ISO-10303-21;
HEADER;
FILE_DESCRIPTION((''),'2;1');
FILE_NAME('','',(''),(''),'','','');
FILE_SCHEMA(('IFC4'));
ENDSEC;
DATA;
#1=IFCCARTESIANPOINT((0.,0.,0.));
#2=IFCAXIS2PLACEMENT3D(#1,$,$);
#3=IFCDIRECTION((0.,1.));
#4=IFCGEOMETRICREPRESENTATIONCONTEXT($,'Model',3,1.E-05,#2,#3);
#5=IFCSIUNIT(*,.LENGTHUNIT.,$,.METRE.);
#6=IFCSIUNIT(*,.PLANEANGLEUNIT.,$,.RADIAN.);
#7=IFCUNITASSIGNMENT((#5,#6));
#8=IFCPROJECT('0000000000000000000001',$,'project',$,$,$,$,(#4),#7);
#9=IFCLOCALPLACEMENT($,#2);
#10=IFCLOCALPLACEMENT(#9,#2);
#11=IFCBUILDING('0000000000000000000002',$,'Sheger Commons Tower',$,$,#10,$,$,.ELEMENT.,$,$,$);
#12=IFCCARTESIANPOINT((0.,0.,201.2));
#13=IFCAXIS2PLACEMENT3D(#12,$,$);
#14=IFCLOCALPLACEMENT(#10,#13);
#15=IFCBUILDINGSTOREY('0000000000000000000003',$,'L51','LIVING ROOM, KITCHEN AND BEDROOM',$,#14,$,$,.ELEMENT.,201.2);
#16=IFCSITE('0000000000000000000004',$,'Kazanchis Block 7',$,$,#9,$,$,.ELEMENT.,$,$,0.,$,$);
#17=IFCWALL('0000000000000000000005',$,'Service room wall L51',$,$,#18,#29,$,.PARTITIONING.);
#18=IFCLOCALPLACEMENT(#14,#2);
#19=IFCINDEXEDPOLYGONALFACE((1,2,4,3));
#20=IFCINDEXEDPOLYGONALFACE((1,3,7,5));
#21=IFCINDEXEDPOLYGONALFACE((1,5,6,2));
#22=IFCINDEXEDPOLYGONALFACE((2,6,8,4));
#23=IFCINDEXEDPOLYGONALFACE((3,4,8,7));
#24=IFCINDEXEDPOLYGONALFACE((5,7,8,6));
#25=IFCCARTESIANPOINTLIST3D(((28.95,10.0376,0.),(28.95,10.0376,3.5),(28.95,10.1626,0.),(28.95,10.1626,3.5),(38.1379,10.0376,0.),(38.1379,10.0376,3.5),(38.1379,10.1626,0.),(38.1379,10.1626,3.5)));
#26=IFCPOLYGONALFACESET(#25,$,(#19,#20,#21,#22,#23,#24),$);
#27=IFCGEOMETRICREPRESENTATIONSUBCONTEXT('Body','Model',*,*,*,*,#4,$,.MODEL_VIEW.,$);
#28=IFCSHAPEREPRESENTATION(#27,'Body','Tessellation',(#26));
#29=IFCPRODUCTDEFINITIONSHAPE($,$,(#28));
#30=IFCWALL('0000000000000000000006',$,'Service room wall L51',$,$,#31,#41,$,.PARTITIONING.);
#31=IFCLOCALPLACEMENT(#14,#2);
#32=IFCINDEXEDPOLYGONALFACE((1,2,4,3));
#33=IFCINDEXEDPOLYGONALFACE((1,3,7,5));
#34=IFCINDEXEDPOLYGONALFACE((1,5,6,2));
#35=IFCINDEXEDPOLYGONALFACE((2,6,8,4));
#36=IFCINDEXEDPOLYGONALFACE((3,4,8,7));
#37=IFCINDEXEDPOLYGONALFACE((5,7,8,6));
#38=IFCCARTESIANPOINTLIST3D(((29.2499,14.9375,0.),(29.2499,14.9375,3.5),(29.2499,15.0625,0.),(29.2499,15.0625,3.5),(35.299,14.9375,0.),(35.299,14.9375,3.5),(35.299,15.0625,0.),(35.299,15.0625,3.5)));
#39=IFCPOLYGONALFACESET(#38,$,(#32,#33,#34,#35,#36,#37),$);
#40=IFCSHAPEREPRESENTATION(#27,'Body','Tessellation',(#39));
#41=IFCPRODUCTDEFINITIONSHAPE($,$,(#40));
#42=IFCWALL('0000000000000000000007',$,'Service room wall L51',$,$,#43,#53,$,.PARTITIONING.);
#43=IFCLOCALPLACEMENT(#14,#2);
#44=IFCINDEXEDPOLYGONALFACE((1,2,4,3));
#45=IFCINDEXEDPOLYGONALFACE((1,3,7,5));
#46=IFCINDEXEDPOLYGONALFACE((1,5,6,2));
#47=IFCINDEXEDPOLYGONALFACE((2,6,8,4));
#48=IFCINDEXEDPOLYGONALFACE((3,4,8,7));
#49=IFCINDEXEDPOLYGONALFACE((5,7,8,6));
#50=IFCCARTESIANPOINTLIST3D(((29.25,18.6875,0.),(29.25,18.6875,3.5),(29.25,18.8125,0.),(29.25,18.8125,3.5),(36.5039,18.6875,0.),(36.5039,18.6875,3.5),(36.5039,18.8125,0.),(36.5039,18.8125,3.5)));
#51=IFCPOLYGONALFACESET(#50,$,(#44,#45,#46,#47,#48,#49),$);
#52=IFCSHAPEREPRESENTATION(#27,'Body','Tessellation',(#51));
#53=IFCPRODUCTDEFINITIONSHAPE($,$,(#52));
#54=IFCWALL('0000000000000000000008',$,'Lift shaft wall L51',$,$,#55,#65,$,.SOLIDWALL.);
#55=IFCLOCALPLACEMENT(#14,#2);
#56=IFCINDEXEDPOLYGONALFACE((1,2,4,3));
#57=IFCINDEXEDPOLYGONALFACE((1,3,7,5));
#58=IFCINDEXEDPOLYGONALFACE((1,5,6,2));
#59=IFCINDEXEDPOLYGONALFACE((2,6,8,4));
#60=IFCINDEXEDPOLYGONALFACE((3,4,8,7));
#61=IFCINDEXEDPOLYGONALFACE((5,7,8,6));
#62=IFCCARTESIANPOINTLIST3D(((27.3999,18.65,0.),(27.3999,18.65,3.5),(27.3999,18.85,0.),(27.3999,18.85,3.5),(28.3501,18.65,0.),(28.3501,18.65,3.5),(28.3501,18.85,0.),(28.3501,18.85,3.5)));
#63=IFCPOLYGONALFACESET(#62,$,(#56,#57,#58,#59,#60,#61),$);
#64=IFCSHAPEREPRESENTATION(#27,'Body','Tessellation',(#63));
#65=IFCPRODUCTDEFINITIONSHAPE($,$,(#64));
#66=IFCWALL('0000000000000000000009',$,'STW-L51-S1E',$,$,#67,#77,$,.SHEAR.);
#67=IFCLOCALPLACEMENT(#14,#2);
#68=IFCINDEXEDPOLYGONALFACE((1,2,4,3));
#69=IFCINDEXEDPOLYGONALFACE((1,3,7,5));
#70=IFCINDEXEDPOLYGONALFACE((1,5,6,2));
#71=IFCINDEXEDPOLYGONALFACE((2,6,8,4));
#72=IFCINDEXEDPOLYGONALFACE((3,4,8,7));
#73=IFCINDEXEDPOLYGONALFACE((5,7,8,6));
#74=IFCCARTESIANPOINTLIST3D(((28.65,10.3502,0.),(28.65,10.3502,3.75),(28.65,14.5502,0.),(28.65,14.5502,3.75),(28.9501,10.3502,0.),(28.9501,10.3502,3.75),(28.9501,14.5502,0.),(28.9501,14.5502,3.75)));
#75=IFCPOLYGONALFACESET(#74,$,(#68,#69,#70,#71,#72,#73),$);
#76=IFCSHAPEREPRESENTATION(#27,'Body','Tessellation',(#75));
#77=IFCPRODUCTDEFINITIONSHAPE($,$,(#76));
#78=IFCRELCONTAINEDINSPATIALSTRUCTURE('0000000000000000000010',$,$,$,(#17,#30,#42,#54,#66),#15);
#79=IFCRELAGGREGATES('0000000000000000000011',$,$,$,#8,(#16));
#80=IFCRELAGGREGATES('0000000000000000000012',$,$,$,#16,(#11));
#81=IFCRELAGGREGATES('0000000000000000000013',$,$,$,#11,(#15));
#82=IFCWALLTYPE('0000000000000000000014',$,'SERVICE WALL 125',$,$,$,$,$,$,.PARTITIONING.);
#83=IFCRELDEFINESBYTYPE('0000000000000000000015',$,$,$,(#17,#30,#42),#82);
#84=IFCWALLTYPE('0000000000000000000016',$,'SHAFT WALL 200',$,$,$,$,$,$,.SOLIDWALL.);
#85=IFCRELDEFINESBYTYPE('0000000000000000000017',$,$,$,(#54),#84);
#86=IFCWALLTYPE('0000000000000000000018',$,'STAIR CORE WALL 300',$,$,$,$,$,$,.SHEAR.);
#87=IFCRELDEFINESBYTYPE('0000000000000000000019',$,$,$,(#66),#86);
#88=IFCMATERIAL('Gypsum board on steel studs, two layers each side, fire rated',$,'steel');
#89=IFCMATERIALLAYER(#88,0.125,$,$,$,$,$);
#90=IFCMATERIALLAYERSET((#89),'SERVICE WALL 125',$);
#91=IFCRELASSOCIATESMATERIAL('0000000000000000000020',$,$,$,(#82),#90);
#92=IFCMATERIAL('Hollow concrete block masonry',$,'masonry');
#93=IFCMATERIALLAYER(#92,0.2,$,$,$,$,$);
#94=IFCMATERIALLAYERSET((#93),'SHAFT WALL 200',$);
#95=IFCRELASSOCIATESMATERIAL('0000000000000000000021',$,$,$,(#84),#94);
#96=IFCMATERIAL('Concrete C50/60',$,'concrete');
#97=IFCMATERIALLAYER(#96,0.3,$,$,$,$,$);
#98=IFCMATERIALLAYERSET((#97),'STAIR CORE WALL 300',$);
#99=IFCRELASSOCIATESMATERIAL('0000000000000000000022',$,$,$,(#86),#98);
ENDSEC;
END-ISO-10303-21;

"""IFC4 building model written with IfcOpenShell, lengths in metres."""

from ifc_helpers import new_model, si_unit, direction, frame, frame_2d, origin, place, context, subcontext, project, spatial, rectangle, extrude, material, layer, layer_set, type_object, element, save


model = new_model("IFC4")

# Units and contexts
model_context = context("Model", 3, precision=1e-05, world=origin(), true_north=direction((0.0, 1.0)))
body_context = subcontext(model_context, "Body", "Model", "MODEL_VIEW")
ifc_project = project(units=[si_unit("LENGTHUNIT", "METRE"), si_unit("PLANEANGLEUNIT", "RADIAN")], contexts=[model_context])

# Site, building, storey
site_placement = place(None, origin())
site = spatial("IfcSite", under=ifc_project, at=site_placement, Name="Kazanchis Block 7", CompositionType="ELEMENT", RefElevation=0.0)
building_placement = place(site_placement, origin())
building = spatial("IfcBuilding", under=site, at=building_placement, Name="Sheger Commons Tower", CompositionType="ELEMENT")
storey_placement = place(building_placement, frame((0.0, 0.0, 201.2)))
storey = spatial("IfcBuildingStorey", under=building, at=storey_placement, Name="L51", Description="LIVING ROOM, KITCHEN AND BEDROOM", CompositionType="ELEMENT", Elevation=201.2)

# Walls
ifc_material_1 = material(Name="Gypsum board on steel studs, two layers each side, fire rated", Category="steel")
ifc_layer_1 = layer(ifc_material_1, 0.125)
ifc_layer_set_1 = layer_set([ifc_layer_1], Name="SERVICE WALL 125")
wall_type_1 = type_object("IfcWallType", Name="SERVICE WALL 125", PredefinedType="PARTITIONING", material=ifc_layer_set_1)
wall_1_placement = place(storey_placement, frame((28.95, 10.1001, 0.0), z_axis=(0.0, 0.0, 1.0), x_axis=(1.0, 0.0, 0.0)))
element("IfcWall", 1, at=wall_1_placement, inside=storey, type_object=wall_type_1, Name="Service room wall L51", PredefinedType="PARTITIONING", context=body_context, shape_type="SweptSolid", body=[
    extrude(rectangle(XDim=9.188, YDim=0.125, at=frame_2d((4.594, 0.0))), origin(), (0.0, 0.0, 1.0), 3.5),
])
wall_2_placement = place(storey_placement, frame((29.25, 15.0, 0.0), z_axis=(0.0, 0.0, 1.0), x_axis=(1.0, 0.0, 0.0)))
element("IfcWall", 2, at=wall_2_placement, inside=storey, type_object=wall_type_1, Name="Service room wall L51", PredefinedType="PARTITIONING", context=body_context, shape_type="SweptSolid", body=[
    extrude(rectangle(XDim=6.0491, YDim=0.125, at=frame_2d((3.0244, 0.0))), origin(), (0.0, 0.0, 1.0), 3.5),
])
wall_3_placement = place(storey_placement, frame((29.25, 18.75, 0.0), z_axis=(0.0, 0.0, 1.0), x_axis=(1.0, 0.0, 0.0)))
element("IfcWall", 3, at=wall_3_placement, inside=storey, type_object=wall_type_1, Name="Service room wall L51", PredefinedType="PARTITIONING", context=body_context, shape_type="SweptSolid", body=[
    extrude(rectangle(XDim=7.2539, YDim=0.125, at=frame_2d((3.627, 0.0))), origin(), (0.0, 0.0, 1.0), 3.5),
])
ifc_material_2 = material(Name="Hollow concrete block masonry", Category="masonry")
ifc_layer_2 = layer(ifc_material_2, 0.2)
ifc_layer_set_2 = layer_set([ifc_layer_2], Name="SHAFT WALL 200")
wall_type_2 = type_object("IfcWallType", Name="SHAFT WALL 200", PredefinedType="SOLIDWALL", material=ifc_layer_set_2)
wall_4_placement = place(storey_placement, frame((27.3999, 18.75, 0.0), z_axis=(0.0, 0.0, 1.0), x_axis=(1.0, 0.0, 0.0)))
element("IfcWall", 4, at=wall_4_placement, inside=storey, type_object=wall_type_2, Name="Lift shaft wall L51", PredefinedType="SOLIDWALL", context=body_context, shape_type="SweptSolid", body=[
    extrude(rectangle(XDim=0.9502, YDim=0.2, at=frame_2d((0.4751, 0.0))), origin(), (0.0, 0.0, 1.0), 3.5),
])
ifc_material_3 = material(Name="Concrete C50/60", Category="concrete")
ifc_layer_3 = layer(ifc_material_3, 0.3)
ifc_layer_set_3 = layer_set([ifc_layer_3], Name="STAIR CORE WALL 300")
wall_type_3 = type_object("IfcWallType", Name="STAIR CORE WALL 300", PredefinedType="SHEAR", material=ifc_layer_set_3)
wall_5_placement = place(storey_placement, frame((28.8, 10.3501, 0.0), z_axis=(0.0, 0.0, 1.0), x_axis=(0.0, 1.0, 0.0)))
element("IfcWall", 5, at=wall_5_placement, inside=storey, type_object=wall_type_3, Name="STW-L51-S1E", PredefinedType="SHEAR", context=body_context, shape_type="SweptSolid", body=[
    extrude(rectangle(XDim=4.2, YDim=0.3, at=frame_2d((2.1001, 0.0))), origin(), (0.0, 0.0, 1.0), 3.75),
])

save(model, "model.ifc")
